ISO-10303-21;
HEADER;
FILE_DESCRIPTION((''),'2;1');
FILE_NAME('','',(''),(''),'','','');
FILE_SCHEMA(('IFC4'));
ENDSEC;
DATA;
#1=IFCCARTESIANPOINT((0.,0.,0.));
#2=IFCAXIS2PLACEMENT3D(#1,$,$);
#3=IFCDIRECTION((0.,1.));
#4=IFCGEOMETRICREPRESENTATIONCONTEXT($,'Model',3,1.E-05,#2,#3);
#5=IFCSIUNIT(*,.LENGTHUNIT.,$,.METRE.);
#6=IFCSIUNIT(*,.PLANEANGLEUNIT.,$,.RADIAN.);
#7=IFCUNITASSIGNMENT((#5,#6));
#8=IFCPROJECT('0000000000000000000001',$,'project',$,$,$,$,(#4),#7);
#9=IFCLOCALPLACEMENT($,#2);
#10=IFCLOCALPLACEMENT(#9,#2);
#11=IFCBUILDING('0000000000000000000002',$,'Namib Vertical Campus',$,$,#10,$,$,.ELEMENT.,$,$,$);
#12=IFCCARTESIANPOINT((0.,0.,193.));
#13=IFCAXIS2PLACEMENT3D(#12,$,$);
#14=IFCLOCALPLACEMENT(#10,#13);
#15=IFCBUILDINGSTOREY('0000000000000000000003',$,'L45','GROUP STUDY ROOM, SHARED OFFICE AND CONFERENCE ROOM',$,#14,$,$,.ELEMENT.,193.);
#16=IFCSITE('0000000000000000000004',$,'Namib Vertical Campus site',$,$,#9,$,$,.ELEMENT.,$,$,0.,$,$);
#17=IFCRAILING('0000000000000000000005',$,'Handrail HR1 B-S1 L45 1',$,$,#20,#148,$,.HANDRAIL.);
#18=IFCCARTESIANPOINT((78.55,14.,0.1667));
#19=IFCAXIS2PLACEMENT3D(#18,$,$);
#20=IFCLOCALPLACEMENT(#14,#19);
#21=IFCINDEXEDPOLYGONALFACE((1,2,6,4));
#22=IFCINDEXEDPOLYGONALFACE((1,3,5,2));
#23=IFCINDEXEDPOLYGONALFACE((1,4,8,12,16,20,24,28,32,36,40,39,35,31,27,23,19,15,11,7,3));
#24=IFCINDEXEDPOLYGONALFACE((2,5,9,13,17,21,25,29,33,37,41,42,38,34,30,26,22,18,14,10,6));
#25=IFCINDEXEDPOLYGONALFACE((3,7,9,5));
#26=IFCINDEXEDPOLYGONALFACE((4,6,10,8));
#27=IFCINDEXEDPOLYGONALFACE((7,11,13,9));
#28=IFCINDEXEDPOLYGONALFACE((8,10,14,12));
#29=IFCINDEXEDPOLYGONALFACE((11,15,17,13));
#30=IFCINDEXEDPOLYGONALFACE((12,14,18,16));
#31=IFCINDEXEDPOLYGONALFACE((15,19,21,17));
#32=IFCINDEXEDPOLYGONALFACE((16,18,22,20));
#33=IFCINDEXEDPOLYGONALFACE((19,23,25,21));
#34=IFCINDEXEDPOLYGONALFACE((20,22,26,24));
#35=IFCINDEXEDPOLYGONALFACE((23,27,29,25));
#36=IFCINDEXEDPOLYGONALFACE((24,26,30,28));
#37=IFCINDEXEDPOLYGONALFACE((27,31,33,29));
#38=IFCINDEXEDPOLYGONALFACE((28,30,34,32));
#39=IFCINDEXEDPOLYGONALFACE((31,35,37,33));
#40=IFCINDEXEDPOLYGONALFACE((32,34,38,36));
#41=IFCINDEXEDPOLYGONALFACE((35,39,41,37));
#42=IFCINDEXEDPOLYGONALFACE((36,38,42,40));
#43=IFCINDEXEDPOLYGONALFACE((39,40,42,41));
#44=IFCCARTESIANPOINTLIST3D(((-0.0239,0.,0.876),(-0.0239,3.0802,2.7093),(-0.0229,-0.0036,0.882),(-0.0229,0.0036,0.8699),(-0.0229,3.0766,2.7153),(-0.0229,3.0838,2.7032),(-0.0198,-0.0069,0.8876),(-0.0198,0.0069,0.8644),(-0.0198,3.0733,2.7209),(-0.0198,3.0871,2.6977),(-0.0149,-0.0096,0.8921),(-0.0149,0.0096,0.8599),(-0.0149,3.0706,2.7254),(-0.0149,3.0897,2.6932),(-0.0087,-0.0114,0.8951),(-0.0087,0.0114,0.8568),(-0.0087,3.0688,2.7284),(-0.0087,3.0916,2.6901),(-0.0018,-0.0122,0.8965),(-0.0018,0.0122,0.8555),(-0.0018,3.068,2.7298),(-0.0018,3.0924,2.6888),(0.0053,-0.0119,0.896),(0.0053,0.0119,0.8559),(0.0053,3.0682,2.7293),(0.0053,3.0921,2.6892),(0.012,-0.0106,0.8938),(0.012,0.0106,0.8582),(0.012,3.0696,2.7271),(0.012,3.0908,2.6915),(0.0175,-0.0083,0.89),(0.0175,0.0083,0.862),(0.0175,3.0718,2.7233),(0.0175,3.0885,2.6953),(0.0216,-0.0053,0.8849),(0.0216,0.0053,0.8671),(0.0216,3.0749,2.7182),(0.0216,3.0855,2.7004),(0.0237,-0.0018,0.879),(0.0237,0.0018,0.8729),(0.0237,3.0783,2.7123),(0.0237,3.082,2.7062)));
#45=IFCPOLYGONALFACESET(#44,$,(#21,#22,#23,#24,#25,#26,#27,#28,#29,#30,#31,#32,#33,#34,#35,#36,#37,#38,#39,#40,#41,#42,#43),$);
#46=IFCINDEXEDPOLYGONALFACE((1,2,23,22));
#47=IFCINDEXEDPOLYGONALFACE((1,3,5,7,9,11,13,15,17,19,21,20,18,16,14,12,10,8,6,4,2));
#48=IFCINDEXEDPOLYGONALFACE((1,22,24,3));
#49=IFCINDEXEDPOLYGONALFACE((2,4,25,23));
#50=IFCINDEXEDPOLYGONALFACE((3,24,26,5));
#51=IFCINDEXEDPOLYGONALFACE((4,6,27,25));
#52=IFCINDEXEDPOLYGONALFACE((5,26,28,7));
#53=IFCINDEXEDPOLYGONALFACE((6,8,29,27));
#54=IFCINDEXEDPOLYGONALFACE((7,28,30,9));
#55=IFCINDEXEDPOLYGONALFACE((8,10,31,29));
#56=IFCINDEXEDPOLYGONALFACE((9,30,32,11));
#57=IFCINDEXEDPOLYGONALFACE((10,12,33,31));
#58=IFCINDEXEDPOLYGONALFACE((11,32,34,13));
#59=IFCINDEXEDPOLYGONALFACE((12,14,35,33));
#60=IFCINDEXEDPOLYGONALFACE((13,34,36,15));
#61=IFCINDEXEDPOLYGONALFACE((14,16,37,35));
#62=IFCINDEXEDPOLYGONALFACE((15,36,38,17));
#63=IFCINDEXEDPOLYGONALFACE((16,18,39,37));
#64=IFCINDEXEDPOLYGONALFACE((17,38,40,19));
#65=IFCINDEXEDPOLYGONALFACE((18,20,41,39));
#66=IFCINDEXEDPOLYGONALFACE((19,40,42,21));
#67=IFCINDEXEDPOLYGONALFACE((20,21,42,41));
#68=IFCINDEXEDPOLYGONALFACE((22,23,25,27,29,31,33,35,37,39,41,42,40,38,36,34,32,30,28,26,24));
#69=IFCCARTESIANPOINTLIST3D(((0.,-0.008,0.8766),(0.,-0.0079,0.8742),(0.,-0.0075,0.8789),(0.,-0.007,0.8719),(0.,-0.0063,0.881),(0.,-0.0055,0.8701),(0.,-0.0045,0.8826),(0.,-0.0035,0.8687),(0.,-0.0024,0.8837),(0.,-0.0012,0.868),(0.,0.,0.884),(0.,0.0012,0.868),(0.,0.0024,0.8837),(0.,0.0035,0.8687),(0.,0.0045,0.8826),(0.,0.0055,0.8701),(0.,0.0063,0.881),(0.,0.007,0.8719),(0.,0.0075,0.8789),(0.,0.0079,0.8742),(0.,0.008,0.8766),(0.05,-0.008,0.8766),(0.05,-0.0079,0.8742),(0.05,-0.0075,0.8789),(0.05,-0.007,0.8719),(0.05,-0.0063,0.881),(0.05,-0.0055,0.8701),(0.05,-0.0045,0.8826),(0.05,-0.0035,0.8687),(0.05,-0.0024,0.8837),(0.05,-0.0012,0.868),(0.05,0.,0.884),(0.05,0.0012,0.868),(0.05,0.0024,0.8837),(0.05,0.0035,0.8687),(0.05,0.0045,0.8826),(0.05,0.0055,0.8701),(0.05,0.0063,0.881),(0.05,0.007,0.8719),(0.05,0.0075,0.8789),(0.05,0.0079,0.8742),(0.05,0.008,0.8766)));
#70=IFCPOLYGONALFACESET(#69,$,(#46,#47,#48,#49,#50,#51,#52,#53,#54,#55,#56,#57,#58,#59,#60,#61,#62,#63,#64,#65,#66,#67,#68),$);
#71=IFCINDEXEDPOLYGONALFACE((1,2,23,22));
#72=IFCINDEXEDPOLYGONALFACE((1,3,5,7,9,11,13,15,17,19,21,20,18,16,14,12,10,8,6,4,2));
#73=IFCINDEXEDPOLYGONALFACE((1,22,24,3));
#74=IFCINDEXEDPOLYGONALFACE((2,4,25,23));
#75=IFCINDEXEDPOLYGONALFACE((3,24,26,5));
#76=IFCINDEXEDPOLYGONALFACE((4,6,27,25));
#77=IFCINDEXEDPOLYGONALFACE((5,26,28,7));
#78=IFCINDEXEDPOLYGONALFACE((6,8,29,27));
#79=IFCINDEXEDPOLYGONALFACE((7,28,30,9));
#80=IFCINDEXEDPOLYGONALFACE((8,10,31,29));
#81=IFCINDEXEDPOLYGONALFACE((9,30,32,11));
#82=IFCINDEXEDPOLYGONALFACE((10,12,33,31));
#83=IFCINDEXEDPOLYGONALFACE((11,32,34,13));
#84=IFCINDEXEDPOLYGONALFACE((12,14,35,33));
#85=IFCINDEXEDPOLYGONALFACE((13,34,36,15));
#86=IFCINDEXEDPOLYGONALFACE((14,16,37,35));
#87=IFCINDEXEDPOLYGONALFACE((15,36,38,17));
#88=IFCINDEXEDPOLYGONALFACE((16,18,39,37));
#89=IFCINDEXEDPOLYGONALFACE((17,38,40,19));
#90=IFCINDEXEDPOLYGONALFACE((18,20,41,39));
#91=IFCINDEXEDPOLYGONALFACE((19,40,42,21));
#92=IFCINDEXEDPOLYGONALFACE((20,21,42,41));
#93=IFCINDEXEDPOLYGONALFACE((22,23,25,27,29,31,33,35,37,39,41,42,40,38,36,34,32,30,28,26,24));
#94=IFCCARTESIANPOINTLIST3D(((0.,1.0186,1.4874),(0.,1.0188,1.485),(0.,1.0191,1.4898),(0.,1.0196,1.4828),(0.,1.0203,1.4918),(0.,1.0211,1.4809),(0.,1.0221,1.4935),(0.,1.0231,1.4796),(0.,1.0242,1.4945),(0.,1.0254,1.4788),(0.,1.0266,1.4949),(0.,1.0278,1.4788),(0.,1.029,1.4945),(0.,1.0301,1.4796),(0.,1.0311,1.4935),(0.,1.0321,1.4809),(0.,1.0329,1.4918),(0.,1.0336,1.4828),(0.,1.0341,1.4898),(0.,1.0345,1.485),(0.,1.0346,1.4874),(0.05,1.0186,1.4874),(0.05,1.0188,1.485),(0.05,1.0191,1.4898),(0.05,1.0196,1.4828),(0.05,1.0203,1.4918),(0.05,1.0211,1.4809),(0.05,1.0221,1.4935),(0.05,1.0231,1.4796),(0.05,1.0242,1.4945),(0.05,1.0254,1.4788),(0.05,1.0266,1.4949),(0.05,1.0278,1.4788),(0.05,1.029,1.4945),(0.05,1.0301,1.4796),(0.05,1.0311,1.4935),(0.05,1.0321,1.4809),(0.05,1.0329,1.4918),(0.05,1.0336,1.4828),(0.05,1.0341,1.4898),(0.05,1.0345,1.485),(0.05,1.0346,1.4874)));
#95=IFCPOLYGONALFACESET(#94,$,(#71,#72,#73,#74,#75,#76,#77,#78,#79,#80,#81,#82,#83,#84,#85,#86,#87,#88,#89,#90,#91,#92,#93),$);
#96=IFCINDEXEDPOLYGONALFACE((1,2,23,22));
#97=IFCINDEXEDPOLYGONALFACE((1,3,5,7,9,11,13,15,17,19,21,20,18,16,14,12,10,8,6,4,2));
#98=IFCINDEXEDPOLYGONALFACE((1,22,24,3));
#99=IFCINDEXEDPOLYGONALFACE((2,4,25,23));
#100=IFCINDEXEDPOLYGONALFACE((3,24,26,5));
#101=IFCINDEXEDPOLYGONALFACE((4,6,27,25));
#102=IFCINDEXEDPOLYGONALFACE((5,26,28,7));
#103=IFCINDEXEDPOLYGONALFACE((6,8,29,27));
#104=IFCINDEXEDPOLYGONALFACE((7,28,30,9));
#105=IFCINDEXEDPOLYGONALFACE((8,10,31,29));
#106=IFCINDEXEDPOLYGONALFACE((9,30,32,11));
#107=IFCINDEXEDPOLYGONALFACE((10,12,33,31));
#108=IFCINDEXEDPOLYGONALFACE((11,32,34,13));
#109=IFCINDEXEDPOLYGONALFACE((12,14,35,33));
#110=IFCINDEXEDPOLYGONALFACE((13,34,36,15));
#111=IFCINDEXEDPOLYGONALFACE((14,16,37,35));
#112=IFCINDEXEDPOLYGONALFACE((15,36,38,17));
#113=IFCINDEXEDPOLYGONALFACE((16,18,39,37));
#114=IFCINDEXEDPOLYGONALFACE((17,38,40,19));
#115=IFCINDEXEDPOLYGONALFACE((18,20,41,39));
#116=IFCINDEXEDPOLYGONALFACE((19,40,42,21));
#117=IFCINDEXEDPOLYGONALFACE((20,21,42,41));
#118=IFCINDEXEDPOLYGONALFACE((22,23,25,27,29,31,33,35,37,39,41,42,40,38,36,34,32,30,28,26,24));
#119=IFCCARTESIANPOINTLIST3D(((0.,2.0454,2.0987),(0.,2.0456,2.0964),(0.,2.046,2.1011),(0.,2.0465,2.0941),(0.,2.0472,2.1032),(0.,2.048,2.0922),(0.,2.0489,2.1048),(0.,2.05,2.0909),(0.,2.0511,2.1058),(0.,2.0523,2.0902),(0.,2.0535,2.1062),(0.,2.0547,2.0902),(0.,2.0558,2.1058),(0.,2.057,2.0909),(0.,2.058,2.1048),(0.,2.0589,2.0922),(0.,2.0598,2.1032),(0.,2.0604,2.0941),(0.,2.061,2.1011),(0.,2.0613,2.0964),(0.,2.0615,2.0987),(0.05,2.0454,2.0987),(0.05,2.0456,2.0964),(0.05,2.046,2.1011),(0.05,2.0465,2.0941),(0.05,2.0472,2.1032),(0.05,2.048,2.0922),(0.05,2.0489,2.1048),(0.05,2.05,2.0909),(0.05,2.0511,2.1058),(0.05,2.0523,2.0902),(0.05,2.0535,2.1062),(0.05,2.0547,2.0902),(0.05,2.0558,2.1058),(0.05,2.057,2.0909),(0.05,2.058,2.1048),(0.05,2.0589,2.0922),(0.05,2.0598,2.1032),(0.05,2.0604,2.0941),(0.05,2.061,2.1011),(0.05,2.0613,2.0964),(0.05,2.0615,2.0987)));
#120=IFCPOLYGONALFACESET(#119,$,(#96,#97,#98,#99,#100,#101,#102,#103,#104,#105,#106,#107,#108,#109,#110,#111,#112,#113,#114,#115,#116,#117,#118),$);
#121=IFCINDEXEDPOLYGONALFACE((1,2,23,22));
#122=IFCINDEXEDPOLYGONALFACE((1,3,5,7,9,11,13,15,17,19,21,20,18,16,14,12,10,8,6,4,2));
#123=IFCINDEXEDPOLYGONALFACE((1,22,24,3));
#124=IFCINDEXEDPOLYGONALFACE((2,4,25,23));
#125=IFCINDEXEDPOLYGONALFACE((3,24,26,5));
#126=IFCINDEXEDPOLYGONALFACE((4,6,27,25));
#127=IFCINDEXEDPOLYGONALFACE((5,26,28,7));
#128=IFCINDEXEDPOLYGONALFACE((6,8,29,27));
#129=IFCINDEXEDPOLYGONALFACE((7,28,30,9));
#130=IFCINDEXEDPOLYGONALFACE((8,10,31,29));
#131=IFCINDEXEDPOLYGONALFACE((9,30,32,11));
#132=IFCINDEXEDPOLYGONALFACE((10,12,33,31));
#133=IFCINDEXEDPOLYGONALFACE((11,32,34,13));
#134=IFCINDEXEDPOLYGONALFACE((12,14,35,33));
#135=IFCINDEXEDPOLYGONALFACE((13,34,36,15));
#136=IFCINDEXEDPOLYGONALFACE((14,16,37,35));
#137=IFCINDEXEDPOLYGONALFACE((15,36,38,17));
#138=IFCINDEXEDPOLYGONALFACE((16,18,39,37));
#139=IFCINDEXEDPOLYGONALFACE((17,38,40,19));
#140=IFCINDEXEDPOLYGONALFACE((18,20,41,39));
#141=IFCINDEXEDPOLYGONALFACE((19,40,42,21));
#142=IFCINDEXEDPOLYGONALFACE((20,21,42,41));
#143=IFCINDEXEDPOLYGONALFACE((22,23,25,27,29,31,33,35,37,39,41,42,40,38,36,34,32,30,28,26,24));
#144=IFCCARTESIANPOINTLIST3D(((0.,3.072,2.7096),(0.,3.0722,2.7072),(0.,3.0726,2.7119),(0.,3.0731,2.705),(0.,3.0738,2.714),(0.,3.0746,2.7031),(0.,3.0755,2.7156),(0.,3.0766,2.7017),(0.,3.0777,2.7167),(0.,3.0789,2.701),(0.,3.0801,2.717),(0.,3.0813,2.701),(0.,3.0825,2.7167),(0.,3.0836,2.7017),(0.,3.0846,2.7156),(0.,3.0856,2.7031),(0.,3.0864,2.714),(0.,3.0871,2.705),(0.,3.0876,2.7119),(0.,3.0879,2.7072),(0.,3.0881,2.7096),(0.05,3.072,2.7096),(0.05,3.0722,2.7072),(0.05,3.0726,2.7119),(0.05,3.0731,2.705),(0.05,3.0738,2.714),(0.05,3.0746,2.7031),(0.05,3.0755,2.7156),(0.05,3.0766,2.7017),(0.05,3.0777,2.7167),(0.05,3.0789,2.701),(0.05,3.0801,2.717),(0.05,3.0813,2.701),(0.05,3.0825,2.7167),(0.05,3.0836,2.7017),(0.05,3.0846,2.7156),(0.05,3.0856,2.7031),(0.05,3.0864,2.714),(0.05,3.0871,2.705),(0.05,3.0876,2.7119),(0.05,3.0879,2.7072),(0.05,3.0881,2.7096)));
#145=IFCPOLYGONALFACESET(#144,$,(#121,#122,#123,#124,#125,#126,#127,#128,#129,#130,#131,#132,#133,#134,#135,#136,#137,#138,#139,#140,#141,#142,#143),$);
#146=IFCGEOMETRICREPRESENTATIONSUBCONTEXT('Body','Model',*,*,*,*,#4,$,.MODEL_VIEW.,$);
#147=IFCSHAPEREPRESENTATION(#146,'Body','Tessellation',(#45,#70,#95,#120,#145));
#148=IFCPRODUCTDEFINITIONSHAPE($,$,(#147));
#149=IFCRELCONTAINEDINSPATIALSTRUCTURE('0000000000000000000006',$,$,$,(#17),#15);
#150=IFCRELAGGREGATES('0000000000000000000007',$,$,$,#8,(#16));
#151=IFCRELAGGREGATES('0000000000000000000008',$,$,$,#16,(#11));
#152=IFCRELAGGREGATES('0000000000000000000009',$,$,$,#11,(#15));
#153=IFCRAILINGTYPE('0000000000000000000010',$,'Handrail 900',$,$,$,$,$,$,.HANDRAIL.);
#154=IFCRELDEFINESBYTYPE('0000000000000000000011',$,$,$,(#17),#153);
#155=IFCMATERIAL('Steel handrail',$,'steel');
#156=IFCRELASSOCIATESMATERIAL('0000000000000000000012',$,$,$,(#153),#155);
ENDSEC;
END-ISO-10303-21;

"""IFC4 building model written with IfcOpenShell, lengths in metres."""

from ifc_helpers import new_model, si_unit, direction, frame, origin, origin_2d, place, context, subcontext, project, spatial, circle, extrude, material, type_object, element, save


model = new_model("IFC4")

# Units and contexts
model_context = context("Model", 3, precision=1e-05, world=origin(), true_north=direction((0.0, 1.0)))
body_context = subcontext(model_context, "Body", "Model", "MODEL_VIEW")
ifc_project = project(units=[si_unit("LENGTHUNIT", "METRE"), si_unit("PLANEANGLEUNIT", "RADIAN")], contexts=[model_context])

# Site, building, storey
site_placement = place(None, origin())
site = spatial("IfcSite", under=ifc_project, at=site_placement, Name="Namib Vertical Campus site", CompositionType="ELEMENT", RefElevation=0.0)
building_placement = place(site_placement, origin())
building = spatial("IfcBuilding", under=site, at=building_placement, Name="Namib Vertical Campus", CompositionType="ELEMENT")
storey_placement = place(building_placement, frame((0.0, 0.0, 193.0)))
storey = spatial("IfcBuildingStorey", under=building, at=storey_placement, Name="L45", Description="GROUP STUDY ROOM, SHARED OFFICE AND CONFERENCE ROOM", CompositionType="ELEMENT", Elevation=193.0)

# Railing
ifc_material_1 = material(Name="Steel handrail", Category="steel")
railing_type_1 = type_object("IfcRailingType", Name="Handrail 900", PredefinedType="HANDRAIL", material=ifc_material_1)
railing_1_placement = place(storey_placement, frame((78.55, 14.0, 0.1667)))
element("IfcRailing", 1, at=railing_1_placement, inside=storey, type_object=railing_type_1, Name="Handrail HR1 B-S1 L45 1", PredefinedType="HANDRAIL", context=body_context, shape_type="SweptSolid", body=[
    extrude(circle(Radius=0.0239, at=origin_2d()), frame((0.0, 0.0, 0.876), z_axis=(0.0, 0.859309, 0.511458), x_axis=(-1.0, 0.0, 0.0)), (0.0, 0.0, 1.0), 3.5845),
    extrude(circle(Radius=0.0081, at=origin_2d()), frame((0.0, 0.0, 0.876), z_axis=(1.0, 0.0, 0.0), x_axis=(0.0, 0.0, 1.0)), (0.0, 0.0, 1.0), 0.05),
    extrude(circle(Radius=0.0081, at=origin_2d()), frame((0.0, 1.0266, 1.4868), z_axis=(1.0, 0.0, 0.0), x_axis=(0.0, 0.0, 1.0)), (0.0, 0.0, 1.0), 0.05),
    extrude(circle(Radius=0.0081, at=origin_2d()), frame((0.0, 2.0535, 2.0981), z_axis=(1.0, 0.0, 0.0), x_axis=(0.0, 0.0, 1.0)), (0.0, 0.0, 1.0), 0.05),
    extrude(circle(Radius=0.0081, at=origin_2d()), frame((0.0, 3.0801, 2.709), z_axis=(1.0, 0.0, 0.0), x_axis=(0.0, 0.0, 1.0)), (0.0, 0.0, 1.0), 0.05),
])

save(model, "model.ifc")
